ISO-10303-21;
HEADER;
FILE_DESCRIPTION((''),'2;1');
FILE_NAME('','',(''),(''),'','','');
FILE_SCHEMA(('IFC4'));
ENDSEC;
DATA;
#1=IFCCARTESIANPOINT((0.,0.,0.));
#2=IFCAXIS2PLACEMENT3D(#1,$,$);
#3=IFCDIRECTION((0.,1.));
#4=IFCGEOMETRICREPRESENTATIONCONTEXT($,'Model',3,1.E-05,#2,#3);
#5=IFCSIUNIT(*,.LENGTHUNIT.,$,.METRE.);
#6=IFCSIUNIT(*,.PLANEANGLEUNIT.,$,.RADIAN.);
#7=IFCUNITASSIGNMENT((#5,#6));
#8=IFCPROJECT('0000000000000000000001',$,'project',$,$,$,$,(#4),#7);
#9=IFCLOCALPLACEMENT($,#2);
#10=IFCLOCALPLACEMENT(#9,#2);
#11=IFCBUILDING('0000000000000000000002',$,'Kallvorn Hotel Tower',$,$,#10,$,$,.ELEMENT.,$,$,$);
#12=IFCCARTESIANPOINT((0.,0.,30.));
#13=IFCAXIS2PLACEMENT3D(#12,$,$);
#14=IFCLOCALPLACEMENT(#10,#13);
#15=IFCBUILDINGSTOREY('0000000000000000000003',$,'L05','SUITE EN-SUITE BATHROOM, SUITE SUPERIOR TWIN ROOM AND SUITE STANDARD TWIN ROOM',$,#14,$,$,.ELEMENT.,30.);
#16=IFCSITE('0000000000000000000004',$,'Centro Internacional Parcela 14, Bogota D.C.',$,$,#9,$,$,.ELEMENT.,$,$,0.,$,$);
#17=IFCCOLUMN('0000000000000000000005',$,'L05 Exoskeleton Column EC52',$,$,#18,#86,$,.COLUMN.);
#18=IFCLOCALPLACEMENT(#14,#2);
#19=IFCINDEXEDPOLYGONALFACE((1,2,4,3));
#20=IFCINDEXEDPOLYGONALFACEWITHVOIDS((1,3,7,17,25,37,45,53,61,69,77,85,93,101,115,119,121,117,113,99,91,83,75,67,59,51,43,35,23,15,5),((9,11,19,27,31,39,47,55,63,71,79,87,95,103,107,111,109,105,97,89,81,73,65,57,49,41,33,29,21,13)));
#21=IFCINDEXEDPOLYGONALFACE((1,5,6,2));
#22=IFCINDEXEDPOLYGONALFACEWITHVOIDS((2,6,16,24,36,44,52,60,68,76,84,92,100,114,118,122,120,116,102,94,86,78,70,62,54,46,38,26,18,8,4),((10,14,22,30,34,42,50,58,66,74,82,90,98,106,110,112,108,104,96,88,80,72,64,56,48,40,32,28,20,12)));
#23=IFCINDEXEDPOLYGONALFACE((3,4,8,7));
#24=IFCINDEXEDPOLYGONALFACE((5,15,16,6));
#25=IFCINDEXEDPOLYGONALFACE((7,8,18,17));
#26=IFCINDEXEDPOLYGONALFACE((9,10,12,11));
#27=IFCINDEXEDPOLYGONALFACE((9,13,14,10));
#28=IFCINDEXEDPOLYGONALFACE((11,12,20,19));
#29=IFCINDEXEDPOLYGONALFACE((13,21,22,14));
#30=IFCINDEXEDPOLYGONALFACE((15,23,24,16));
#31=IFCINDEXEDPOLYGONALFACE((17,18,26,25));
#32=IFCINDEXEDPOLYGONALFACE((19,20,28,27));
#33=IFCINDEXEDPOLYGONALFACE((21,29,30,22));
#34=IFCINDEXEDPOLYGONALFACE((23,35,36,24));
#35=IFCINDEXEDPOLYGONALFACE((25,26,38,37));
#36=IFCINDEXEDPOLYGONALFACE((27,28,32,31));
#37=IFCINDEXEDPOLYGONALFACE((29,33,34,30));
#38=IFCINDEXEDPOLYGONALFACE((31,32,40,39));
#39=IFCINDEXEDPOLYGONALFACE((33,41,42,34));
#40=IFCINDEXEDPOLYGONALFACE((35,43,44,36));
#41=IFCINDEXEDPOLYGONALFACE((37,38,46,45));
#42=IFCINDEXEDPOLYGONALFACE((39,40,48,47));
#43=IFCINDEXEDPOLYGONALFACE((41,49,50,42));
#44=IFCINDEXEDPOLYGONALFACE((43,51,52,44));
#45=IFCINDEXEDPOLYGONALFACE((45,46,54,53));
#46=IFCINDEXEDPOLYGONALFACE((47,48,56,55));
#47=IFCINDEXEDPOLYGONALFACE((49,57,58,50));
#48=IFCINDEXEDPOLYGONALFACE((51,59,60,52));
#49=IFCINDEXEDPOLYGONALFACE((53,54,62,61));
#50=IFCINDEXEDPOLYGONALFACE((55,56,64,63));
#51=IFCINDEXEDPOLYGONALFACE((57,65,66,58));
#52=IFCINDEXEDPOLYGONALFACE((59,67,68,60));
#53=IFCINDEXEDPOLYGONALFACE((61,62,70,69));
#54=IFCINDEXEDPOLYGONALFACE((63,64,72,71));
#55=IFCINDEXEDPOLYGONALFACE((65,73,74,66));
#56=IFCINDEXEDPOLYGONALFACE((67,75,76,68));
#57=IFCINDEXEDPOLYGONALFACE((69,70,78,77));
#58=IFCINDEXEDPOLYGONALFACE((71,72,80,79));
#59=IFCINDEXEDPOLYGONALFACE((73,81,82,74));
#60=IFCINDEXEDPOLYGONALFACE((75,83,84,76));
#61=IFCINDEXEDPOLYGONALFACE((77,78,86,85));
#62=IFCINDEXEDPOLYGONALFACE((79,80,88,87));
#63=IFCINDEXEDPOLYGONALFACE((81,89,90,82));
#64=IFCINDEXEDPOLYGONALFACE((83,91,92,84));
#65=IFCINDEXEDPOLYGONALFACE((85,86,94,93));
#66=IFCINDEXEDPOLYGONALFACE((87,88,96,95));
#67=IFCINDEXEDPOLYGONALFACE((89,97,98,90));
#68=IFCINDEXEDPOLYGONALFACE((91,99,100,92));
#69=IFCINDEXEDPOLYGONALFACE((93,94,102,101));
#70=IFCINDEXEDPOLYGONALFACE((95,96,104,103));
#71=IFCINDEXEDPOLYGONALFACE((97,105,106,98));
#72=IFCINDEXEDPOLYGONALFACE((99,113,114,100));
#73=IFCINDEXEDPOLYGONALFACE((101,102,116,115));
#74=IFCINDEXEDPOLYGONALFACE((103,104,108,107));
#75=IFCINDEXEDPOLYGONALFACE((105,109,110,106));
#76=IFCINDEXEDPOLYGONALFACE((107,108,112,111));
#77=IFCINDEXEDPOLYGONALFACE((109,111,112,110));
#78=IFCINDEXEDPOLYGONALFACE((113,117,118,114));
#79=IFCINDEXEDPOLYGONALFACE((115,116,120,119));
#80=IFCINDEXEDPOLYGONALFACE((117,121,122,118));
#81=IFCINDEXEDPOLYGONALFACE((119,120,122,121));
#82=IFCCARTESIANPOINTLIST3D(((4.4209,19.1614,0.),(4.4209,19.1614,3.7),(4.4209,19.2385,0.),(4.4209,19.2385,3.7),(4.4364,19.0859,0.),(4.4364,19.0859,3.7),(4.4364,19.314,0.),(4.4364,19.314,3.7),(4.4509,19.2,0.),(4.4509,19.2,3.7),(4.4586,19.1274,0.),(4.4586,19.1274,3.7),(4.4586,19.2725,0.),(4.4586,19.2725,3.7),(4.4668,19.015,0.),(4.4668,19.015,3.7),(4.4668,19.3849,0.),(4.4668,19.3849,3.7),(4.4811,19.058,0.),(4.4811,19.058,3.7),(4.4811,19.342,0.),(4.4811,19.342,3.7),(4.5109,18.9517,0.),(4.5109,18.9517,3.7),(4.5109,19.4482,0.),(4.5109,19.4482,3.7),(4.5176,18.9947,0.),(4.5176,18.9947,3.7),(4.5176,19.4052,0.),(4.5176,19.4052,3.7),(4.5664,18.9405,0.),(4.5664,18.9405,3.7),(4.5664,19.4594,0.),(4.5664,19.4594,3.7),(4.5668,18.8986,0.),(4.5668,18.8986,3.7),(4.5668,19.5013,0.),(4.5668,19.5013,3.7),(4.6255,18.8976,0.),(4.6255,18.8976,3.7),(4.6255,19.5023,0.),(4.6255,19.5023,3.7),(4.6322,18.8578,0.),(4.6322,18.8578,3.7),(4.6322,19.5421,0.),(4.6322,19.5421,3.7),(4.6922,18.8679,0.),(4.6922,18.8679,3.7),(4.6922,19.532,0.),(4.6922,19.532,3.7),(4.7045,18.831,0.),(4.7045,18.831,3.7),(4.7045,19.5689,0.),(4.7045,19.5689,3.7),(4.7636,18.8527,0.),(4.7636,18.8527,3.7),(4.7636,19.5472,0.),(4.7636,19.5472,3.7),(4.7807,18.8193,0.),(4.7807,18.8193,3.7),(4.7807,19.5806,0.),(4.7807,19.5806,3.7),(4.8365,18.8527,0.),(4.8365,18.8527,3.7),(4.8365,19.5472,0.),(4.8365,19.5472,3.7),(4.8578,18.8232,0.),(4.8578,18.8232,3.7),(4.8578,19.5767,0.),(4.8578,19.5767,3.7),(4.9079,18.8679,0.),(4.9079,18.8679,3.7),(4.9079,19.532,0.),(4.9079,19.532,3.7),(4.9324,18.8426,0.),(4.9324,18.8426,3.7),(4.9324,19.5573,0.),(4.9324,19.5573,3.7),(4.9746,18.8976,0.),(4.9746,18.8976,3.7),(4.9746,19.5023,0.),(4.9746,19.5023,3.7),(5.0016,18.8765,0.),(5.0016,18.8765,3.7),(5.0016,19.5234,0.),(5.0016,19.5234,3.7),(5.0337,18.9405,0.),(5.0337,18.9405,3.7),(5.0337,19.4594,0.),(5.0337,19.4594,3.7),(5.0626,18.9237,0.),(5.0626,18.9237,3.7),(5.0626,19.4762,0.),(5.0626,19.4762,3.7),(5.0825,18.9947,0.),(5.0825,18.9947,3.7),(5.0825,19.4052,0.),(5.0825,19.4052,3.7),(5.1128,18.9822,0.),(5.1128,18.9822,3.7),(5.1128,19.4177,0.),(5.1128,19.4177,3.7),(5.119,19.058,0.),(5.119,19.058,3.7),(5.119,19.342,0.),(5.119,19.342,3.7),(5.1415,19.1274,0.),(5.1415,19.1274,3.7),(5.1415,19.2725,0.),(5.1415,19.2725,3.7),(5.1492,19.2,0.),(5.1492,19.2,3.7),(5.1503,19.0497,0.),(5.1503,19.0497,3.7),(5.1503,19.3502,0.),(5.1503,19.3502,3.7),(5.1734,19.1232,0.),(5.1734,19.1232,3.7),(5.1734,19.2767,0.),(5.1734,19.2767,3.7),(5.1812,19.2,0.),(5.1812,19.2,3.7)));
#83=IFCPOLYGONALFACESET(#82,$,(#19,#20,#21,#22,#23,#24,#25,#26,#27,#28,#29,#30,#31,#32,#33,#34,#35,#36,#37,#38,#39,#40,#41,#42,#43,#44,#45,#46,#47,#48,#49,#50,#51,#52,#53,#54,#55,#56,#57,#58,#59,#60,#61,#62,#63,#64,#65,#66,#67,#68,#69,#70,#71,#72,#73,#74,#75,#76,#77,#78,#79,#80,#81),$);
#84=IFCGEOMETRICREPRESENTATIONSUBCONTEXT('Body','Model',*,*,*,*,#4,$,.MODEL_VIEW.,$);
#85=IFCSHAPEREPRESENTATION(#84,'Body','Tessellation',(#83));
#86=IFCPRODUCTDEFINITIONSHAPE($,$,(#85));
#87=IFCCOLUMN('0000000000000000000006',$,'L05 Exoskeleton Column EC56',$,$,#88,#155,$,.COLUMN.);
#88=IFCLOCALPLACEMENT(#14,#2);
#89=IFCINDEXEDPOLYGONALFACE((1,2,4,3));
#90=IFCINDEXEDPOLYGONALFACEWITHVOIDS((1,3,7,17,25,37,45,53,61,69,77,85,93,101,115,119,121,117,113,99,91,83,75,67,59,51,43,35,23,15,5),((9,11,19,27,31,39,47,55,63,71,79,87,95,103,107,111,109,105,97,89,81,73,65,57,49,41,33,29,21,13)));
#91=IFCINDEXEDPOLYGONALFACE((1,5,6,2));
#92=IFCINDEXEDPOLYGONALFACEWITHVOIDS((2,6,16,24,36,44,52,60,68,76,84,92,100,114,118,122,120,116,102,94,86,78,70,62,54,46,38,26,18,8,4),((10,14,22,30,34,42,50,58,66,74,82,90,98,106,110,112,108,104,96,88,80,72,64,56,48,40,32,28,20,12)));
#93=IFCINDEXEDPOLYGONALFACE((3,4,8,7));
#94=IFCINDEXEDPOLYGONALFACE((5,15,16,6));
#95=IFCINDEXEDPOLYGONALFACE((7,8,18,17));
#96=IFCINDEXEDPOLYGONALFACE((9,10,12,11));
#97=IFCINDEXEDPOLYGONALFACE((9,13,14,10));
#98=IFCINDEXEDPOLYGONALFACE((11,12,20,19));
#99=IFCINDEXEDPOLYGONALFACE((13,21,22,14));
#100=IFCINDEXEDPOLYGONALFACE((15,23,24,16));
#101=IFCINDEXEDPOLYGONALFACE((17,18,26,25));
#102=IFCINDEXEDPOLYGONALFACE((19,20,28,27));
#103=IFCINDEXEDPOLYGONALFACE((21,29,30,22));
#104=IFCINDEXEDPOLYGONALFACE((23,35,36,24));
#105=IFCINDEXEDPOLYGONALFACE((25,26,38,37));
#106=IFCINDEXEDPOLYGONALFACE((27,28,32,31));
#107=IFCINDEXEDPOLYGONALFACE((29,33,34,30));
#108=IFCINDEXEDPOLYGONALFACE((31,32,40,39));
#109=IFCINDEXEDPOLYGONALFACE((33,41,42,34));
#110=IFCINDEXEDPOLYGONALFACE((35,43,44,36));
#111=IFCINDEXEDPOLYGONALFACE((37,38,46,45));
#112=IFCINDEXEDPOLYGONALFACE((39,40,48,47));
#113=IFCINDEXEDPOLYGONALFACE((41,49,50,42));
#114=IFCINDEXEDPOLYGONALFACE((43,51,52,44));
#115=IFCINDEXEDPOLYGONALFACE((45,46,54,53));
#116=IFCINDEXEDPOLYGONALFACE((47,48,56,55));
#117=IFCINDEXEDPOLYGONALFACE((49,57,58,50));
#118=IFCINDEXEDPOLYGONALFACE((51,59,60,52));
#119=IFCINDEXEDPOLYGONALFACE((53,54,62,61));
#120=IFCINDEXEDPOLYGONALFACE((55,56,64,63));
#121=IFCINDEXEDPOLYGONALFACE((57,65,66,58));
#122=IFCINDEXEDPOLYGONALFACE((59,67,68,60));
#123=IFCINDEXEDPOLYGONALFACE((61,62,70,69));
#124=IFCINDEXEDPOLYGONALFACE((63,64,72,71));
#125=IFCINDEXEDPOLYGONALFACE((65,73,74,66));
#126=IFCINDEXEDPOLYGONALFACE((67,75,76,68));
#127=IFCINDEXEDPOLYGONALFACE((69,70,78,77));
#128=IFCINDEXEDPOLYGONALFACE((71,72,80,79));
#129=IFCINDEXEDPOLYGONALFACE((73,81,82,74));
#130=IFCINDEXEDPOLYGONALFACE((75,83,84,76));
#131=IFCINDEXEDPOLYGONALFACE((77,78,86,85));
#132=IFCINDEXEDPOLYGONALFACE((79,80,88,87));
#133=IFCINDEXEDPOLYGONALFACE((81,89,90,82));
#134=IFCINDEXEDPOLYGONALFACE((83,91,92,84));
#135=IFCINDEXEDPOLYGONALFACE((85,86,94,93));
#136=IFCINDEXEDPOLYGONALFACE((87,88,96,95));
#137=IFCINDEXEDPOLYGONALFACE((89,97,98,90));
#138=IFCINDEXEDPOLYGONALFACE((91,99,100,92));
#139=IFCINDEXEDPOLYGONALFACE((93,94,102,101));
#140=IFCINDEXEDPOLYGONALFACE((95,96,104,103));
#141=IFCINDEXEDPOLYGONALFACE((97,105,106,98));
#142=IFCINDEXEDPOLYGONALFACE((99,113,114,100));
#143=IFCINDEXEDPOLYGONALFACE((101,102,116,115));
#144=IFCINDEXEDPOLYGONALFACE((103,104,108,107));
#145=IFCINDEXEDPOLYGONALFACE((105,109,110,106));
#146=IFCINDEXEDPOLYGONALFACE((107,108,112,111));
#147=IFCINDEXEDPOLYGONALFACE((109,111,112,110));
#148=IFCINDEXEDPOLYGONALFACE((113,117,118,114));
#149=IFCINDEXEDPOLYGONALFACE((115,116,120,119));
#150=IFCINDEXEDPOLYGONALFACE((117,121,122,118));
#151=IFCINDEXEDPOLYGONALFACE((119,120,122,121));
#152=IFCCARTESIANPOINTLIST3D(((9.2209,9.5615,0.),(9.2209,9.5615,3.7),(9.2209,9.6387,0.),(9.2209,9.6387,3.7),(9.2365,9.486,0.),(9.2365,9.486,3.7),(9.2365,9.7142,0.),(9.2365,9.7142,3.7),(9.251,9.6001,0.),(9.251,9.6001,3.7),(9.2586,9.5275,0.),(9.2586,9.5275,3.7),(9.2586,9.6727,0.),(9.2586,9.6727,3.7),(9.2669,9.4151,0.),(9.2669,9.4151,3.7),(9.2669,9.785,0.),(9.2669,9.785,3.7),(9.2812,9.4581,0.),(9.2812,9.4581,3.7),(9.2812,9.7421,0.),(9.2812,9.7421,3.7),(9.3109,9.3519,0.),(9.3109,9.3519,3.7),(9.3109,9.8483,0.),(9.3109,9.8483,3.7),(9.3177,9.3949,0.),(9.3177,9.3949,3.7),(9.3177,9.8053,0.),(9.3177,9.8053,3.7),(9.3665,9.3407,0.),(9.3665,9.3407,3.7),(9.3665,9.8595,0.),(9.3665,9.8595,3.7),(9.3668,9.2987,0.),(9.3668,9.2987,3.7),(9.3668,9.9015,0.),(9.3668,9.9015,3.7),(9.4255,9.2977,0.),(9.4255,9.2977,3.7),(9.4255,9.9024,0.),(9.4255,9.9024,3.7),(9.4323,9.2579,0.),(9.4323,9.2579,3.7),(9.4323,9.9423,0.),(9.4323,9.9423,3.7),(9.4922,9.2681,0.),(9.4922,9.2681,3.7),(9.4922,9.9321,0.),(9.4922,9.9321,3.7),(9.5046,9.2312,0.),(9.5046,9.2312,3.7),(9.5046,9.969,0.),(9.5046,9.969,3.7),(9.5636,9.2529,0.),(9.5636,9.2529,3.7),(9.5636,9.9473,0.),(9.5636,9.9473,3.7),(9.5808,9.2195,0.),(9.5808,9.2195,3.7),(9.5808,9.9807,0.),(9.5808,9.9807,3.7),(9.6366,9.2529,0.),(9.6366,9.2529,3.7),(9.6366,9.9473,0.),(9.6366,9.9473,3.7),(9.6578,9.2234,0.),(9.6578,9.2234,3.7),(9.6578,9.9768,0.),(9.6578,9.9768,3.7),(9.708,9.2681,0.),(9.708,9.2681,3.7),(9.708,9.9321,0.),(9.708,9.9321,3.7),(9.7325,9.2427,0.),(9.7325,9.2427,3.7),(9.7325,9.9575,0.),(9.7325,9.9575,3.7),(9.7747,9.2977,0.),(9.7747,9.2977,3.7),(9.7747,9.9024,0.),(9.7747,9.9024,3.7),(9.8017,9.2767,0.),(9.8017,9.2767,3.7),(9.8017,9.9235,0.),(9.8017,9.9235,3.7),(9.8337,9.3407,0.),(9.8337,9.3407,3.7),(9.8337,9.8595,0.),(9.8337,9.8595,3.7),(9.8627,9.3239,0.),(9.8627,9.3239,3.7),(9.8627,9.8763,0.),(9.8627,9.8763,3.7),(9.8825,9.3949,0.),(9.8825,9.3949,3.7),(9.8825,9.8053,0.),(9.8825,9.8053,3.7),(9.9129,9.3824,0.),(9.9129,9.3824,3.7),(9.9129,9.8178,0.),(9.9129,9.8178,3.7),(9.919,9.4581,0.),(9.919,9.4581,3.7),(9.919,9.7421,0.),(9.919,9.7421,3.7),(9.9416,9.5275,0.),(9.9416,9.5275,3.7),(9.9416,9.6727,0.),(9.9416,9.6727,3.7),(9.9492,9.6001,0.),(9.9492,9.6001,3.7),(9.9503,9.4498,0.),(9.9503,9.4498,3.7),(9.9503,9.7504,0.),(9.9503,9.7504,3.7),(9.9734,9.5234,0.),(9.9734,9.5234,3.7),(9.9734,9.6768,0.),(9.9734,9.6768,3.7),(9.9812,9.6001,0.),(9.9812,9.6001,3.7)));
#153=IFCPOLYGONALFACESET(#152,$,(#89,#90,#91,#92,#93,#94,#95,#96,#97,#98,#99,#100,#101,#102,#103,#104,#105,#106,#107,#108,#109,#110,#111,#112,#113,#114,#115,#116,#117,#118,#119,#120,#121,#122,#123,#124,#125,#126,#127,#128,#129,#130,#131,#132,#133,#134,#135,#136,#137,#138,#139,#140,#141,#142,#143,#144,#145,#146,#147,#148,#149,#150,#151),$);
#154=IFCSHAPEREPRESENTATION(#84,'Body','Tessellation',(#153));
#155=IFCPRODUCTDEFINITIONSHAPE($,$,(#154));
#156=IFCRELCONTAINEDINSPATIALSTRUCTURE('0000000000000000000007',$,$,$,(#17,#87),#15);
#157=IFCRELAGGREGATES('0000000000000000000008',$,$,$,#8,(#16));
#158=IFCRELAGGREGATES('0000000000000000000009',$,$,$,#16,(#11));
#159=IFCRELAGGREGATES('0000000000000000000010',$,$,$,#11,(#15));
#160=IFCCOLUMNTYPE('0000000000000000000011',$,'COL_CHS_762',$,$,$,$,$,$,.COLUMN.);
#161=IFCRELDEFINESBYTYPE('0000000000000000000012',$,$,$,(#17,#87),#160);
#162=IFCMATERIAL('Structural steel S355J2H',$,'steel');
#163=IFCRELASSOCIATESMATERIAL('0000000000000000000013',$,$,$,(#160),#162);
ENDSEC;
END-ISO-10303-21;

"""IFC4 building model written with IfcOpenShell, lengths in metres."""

from ifc_helpers import new_model, si_unit, direction, frame, origin, origin_2d, place, context, subcontext, project, spatial, hollow_circle, extrude, material, material_profile, profile_set, type_object, element, save


model = new_model("IFC4")

# Units and contexts
model_context = context("Model", 3, precision=1e-05, world=origin(), true_north=direction((0.0, 1.0)))
body_context = subcontext(model_context, "Body", "Model", "MODEL_VIEW")
ifc_project = project(units=[si_unit("LENGTHUNIT", "METRE"), si_unit("PLANEANGLEUNIT", "RADIAN")], contexts=[model_context])

# Site, building, storey
site_placement = place(None, origin())
site = spatial("IfcSite", under=ifc_project, at=site_placement, Name="Centro Internacional Parcela 14, Bogota D.C.", CompositionType="ELEMENT", RefElevation=0.0)
building_placement = place(site_placement, origin())
building = spatial("IfcBuilding", under=site, at=building_placement, Name="Kallvorn Hotel Tower", CompositionType="ELEMENT")
storey_placement = place(building_placement, frame((0.0, 0.0, 30.0)))
storey = spatial("IfcBuildingStorey", under=building, at=storey_placement, Name="L05", Description="SUITE EN-SUITE BATHROOM, SUITE SUPERIOR TWIN ROOM AND SUITE STANDARD TWIN ROOM", CompositionType="ELEMENT", Elevation=30.0)

# Columns
ifc_material_1 = material(Name="Structural steel S355J2H", Category="steel")
ifc_material_profile_1 = material_profile(ifc_material_1, hollow_circle(Radius=0.3811, WallThickness=0.032, at=origin_2d()), Name="CHS 762x32")
ifc_profile_set_1 = profile_set([ifc_material_profile_1], Name="Structural steel S355J2H")
column_type_1 = type_object("IfcColumnType", Name="COL_CHS_762", PredefinedType="COLUMN", material=ifc_profile_set_1)
for number, where, z_axis, x_axis, name in (
    (1, (4.8, 19.2, 0.0), (0.0, 0.0, 1.0), (1.0, 0.0, 0.0), "L05 Exoskeleton Column EC52"),
    (2, (9.6001, 9.6001, 0.0), (0.0, 0.0, 1.0), (1.0, 0.0, 0.0), "L05 Exoskeleton Column EC56"),
):
    element("IfcColumn", number, at=place(storey_placement, frame(where, z_axis=z_axis, x_axis=x_axis)), inside=storey, type_object=column_type_1, Name=name, PredefinedType="COLUMN", context=body_context, shape_type="SweptSolid", body=[
        extrude(hollow_circle(Radius=0.3811, WallThickness=0.032, at=origin_2d()), origin(), (0.0, 0.0, 1.0), 3.7),
    ])

save(model, "model.ifc")
